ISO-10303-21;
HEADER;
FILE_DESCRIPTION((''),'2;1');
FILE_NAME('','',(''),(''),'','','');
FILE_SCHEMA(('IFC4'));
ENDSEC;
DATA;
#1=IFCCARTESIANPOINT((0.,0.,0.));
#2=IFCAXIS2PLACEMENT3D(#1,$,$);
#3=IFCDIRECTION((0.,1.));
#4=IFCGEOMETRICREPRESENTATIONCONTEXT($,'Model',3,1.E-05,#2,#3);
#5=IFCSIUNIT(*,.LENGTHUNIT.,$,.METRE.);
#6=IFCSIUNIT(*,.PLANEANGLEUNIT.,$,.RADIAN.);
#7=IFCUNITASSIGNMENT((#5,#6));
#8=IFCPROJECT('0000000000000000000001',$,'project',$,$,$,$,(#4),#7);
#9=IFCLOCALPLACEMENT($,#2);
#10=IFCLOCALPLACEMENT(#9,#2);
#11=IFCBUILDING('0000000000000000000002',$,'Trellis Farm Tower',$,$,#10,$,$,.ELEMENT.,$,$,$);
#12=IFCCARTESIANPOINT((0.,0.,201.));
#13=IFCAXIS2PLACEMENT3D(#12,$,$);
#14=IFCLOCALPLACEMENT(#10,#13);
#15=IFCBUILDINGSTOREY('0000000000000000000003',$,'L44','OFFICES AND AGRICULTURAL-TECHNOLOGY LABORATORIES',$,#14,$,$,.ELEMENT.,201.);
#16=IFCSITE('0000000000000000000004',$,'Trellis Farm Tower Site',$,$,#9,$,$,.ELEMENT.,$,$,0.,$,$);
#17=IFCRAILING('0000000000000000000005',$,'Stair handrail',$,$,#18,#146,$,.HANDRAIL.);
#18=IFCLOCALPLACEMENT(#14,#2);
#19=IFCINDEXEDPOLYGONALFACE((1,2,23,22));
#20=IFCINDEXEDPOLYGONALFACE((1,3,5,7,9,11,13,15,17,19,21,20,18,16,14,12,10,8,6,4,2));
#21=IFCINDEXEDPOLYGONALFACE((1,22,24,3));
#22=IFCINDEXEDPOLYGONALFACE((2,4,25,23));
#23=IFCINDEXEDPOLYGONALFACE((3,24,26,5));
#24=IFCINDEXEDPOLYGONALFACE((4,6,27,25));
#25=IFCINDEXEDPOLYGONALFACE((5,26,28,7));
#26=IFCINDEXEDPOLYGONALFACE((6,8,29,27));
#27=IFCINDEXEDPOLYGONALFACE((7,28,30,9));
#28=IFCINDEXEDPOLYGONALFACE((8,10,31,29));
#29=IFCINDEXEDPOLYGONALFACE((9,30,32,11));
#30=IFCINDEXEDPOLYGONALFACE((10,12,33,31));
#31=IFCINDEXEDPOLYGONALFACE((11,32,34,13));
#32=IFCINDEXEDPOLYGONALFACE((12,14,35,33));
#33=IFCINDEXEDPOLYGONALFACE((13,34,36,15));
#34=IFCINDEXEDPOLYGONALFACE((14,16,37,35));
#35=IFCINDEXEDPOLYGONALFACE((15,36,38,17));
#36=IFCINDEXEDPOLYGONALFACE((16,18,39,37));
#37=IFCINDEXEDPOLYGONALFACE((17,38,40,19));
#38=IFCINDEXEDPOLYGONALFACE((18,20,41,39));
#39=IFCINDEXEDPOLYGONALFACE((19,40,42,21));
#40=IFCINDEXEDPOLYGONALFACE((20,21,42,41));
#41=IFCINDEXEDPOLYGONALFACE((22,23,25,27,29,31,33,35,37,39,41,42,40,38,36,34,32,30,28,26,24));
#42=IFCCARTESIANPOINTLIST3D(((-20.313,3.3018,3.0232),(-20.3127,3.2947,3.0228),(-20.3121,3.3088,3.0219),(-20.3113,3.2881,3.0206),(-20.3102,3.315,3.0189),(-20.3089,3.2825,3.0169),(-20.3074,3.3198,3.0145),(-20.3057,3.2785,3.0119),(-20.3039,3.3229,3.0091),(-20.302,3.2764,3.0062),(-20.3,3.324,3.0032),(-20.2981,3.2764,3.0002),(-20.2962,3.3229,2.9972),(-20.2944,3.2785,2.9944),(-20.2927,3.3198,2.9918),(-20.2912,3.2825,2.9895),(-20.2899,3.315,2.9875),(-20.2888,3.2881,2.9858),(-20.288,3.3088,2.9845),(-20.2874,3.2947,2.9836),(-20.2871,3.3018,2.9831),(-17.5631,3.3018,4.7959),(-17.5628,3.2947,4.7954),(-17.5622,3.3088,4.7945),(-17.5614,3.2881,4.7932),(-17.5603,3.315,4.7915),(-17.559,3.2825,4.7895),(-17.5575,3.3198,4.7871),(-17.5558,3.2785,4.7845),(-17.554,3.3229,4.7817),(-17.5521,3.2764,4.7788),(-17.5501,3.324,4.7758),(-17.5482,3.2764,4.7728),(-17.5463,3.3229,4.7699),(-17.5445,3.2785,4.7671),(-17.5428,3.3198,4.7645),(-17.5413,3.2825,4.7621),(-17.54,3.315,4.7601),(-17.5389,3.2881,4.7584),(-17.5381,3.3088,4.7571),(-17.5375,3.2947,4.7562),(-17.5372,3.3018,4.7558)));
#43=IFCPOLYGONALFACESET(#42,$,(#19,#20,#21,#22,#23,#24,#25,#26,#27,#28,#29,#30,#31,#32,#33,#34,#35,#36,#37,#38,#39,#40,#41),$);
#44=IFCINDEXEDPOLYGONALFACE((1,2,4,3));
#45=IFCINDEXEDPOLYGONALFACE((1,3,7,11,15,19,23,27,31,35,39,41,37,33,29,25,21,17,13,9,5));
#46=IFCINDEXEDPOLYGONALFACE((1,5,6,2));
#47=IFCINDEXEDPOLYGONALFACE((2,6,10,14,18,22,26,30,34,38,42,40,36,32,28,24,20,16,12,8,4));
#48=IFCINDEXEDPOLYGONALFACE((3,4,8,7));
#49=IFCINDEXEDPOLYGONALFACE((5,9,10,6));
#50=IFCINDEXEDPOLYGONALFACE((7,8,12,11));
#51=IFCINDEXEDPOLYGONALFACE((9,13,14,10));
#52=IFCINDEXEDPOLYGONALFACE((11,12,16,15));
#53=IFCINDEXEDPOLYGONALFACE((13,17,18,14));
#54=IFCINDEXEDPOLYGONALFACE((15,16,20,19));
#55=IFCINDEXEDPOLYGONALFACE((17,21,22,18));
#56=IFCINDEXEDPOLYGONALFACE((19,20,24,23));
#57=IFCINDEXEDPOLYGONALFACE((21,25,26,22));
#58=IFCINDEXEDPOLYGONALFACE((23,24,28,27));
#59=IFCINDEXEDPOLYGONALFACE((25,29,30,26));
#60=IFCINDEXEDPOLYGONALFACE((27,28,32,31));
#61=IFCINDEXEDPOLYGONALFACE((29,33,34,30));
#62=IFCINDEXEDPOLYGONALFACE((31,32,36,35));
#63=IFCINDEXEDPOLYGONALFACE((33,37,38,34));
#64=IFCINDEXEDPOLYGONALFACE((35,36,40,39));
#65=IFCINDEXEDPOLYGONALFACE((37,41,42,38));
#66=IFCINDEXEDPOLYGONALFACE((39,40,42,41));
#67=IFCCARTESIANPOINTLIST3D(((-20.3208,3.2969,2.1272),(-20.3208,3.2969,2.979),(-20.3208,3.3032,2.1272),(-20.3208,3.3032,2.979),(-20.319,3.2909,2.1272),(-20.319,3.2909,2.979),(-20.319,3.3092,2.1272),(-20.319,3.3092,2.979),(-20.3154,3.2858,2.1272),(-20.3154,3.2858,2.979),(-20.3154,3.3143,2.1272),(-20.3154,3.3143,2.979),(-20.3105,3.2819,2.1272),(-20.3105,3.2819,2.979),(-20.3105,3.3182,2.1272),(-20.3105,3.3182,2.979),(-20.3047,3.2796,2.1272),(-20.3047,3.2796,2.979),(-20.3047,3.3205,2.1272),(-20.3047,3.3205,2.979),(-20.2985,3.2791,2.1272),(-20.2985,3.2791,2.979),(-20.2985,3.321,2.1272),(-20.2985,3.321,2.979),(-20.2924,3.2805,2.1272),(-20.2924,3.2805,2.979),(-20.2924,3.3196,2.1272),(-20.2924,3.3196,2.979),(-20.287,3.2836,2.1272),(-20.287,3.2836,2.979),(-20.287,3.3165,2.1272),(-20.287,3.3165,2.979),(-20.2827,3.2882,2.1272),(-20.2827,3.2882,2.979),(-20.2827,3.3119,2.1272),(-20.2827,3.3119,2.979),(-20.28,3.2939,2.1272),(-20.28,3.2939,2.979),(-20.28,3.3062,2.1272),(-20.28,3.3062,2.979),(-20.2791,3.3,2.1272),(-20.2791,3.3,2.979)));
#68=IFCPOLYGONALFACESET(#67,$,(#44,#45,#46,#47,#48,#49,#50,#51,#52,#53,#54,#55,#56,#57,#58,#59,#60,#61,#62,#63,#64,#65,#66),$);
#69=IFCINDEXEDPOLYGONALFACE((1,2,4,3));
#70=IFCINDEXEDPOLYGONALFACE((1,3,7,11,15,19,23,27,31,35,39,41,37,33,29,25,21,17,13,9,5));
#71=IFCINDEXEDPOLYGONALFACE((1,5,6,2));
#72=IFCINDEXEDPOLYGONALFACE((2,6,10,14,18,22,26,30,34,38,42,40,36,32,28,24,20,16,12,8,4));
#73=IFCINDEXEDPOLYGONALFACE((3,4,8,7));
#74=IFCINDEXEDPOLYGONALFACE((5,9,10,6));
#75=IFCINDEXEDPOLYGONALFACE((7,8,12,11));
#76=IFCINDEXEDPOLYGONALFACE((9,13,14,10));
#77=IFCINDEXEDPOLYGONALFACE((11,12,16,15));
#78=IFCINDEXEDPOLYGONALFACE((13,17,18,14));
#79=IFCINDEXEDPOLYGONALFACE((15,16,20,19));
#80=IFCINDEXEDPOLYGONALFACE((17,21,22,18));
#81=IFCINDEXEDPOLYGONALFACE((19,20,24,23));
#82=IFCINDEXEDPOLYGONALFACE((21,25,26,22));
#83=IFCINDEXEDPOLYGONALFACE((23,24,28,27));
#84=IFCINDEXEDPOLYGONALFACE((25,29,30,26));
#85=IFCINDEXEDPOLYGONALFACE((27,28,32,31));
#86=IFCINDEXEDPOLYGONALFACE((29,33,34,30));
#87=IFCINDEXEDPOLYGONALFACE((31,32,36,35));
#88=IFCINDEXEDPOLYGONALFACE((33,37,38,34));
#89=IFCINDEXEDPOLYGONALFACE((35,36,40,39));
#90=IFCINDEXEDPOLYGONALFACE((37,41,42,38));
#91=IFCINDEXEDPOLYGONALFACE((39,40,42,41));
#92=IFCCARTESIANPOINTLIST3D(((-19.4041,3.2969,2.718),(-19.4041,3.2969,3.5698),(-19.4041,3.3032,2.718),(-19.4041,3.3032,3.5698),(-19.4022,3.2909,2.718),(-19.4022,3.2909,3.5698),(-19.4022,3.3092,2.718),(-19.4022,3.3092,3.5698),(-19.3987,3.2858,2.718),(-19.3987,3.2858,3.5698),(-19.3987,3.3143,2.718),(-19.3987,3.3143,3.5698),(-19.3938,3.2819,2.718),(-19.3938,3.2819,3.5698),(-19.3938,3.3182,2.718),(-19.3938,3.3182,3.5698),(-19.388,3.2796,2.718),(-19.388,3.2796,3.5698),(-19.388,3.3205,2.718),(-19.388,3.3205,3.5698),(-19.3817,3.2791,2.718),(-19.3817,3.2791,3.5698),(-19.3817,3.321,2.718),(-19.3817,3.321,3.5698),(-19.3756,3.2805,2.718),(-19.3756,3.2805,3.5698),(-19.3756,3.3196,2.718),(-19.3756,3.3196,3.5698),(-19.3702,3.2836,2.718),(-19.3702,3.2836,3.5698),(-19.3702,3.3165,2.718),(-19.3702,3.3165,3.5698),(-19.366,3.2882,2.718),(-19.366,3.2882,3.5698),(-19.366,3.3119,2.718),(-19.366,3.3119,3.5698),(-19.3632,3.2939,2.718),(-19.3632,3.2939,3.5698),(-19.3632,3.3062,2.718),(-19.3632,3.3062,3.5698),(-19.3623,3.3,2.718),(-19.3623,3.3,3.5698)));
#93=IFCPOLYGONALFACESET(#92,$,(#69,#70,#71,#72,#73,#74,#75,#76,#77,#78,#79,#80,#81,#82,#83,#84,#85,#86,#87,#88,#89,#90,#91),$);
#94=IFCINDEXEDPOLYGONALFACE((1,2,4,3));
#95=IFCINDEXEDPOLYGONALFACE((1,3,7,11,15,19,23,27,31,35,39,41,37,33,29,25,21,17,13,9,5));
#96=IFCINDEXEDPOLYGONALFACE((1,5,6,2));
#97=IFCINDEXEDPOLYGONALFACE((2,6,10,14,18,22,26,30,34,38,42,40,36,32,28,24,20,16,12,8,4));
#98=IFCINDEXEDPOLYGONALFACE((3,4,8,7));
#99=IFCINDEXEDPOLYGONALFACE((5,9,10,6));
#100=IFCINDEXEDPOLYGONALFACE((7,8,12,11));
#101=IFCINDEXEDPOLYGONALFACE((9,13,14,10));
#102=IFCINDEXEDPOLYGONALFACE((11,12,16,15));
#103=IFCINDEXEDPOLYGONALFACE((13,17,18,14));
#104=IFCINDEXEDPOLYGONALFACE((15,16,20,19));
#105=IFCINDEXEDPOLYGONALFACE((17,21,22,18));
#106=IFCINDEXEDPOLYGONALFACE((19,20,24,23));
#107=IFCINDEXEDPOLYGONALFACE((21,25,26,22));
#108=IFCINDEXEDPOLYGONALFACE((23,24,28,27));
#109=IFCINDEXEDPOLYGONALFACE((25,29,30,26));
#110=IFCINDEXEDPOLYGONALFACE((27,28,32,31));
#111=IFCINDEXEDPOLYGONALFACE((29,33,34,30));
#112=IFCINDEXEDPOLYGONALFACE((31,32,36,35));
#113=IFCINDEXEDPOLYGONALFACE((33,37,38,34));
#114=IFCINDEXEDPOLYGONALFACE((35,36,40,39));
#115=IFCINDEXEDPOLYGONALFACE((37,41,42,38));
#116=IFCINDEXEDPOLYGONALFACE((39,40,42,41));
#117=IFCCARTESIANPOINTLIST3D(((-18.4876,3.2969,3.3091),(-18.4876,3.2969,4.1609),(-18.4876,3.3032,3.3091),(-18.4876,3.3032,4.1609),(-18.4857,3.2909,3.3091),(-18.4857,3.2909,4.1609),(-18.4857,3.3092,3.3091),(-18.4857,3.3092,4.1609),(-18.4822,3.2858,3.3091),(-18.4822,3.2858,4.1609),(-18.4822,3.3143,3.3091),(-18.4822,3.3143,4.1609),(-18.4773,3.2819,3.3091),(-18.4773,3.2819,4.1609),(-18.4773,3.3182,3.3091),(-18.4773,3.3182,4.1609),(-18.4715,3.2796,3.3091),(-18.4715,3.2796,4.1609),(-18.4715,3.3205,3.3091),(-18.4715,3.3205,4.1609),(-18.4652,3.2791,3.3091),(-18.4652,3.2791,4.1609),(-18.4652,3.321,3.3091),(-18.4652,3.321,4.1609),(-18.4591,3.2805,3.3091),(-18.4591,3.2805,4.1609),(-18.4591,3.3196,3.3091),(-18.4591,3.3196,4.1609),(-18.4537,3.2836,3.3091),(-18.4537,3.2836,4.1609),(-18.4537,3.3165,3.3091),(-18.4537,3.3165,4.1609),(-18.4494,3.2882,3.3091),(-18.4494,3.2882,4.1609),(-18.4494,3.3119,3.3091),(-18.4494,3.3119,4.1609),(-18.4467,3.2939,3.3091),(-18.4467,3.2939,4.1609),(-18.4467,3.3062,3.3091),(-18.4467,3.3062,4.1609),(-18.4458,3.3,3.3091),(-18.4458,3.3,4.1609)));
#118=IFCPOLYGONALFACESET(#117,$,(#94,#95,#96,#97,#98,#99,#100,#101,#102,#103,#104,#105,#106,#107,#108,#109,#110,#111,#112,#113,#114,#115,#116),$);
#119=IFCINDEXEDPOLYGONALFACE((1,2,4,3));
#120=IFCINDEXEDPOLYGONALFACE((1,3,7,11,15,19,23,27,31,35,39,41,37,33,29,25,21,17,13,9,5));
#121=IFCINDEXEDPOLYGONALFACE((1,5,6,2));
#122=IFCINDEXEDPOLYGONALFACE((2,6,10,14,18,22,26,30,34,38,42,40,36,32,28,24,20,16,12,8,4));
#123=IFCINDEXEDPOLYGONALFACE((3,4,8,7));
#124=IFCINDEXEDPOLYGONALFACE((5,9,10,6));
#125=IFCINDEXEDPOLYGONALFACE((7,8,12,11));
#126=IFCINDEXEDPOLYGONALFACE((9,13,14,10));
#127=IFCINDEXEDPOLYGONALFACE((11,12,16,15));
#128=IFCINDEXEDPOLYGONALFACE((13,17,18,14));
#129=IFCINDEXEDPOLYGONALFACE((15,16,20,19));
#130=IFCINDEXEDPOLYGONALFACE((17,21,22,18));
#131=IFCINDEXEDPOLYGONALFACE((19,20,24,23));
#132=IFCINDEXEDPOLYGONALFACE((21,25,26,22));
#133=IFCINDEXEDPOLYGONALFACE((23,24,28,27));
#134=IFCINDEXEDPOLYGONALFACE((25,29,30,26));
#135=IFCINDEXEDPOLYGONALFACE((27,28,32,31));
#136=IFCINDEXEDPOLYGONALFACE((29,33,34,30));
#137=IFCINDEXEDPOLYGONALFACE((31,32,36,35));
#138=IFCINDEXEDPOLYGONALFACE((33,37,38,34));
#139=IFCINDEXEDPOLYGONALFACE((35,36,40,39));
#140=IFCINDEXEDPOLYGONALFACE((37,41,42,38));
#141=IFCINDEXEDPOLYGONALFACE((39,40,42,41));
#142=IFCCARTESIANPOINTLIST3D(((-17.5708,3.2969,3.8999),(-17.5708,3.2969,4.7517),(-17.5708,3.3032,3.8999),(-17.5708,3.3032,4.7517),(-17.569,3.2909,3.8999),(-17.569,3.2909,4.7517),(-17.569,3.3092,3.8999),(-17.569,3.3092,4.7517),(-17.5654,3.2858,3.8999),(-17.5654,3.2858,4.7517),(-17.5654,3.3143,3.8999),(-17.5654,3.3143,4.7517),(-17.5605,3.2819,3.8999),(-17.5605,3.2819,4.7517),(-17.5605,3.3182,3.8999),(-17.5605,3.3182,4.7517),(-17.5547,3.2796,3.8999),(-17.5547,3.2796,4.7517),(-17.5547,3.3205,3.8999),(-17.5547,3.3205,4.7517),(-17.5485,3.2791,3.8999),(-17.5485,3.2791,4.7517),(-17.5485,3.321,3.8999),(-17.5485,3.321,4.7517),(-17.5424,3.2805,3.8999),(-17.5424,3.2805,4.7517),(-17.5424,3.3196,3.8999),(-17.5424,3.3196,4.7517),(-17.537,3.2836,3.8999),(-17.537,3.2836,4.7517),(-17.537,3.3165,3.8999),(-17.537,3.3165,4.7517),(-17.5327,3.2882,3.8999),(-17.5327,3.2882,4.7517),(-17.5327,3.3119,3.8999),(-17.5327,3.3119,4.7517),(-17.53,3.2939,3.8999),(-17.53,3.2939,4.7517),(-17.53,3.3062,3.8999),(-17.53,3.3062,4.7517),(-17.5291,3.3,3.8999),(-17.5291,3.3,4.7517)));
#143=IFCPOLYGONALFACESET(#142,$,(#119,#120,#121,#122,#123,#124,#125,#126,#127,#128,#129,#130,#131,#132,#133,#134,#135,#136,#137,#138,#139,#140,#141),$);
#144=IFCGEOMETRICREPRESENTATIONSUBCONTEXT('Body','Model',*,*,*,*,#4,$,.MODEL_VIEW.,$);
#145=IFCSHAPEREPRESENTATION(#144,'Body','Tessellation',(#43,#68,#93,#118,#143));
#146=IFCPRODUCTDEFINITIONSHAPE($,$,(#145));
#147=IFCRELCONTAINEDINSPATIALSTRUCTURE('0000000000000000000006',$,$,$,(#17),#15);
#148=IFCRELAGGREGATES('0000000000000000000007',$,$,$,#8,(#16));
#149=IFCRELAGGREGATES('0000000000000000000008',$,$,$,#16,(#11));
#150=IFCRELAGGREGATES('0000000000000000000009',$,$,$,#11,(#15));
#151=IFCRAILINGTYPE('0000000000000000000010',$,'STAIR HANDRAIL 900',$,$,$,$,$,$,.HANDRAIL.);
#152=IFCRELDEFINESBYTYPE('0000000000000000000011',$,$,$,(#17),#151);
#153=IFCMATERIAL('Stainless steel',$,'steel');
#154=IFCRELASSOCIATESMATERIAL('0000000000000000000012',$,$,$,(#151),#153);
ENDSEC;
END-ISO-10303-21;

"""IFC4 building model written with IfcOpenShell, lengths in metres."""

from ifc_helpers import new_model, si_unit, direction, frame, origin, origin_2d, place, context, subcontext, project, spatial, circle, extrude, source, transform, mapped, material, type_object, element, save


model = new_model("IFC4")

# Units and contexts
model_context = context("Model", 3, precision=1e-05, world=origin(), true_north=direction((0.0, 1.0)))
body_context = subcontext(model_context, "Body", "Model", "MODEL_VIEW")
ifc_project = project(units=[si_unit("LENGTHUNIT", "METRE"), si_unit("PLANEANGLEUNIT", "RADIAN")], contexts=[model_context])

# Site, building, storey
site_placement = place(None, origin())
site = spatial("IfcSite", under=ifc_project, at=site_placement, Name="Trellis Farm Tower Site", CompositionType="ELEMENT", RefElevation=0.0)
building_placement = place(site_placement, origin())
building = spatial("IfcBuilding", under=site, at=building_placement, Name="Trellis Farm Tower", CompositionType="ELEMENT")
storey_placement = place(building_placement, frame((0.0, 0.0, 201.0)))
storey = spatial("IfcBuildingStorey", under=building, at=storey_placement, Name="L44", Description="OFFICES AND AGRICULTURAL-TECHNOLOGY LABORATORIES", CompositionType="ELEMENT", Elevation=201.0)

# Railing
ifc_material_1 = material(Name="Stainless steel", Category="steel")
railing_type = type_object("IfcRailingType", Name="STAIR HANDRAIL 900", PredefinedType="HANDRAIL", material=ifc_material_1)
shared_shape_1 = source(origin(), body_context, "Body", "SweptSolid", [
    extrude(circle(Radius=0.0239, at=origin_2d()), frame((0.0, 0.0, 0.876), z_axis=(0.840504, 0.0, 0.541806), x_axis=(0.0, 1.0, 0.0)), (0.0, 0.0, 1.0), 3.2717),
    extrude(circle(Radius=0.021, at=origin_2d()), origin(), (0.0, 0.0, 1.0), 0.8518),
    extrude(circle(Radius=0.021, at=origin_2d()), frame((0.9167, 0.0, 0.5908)), (0.0, 0.0, 1.0), 0.8518),
    extrude(circle(Radius=0.021, at=origin_2d()), frame((1.8333, 0.0, 1.1819)), (0.0, 0.0, 1.0), 0.8518),
    extrude(circle(Radius=0.021, at=origin_2d()), frame((2.75, 0.0, 1.7727)), (0.0, 0.0, 1.0), 0.8518),
])
for number, where, name in (
    (1, (-20.3, 3.3, 2.1272), "Stair handrail"),
):
    element("IfcRailing", number, at=place(storey_placement, frame(where)), inside=storey, type_object=railing_type, Name=name, PredefinedType="HANDRAIL", context=body_context, shape_type="MappedRepresentation", body=[
        mapped(shared_shape_1, transform((0.0, 0.0, 0.0))),
    ])

save(model, "model.ifc")
